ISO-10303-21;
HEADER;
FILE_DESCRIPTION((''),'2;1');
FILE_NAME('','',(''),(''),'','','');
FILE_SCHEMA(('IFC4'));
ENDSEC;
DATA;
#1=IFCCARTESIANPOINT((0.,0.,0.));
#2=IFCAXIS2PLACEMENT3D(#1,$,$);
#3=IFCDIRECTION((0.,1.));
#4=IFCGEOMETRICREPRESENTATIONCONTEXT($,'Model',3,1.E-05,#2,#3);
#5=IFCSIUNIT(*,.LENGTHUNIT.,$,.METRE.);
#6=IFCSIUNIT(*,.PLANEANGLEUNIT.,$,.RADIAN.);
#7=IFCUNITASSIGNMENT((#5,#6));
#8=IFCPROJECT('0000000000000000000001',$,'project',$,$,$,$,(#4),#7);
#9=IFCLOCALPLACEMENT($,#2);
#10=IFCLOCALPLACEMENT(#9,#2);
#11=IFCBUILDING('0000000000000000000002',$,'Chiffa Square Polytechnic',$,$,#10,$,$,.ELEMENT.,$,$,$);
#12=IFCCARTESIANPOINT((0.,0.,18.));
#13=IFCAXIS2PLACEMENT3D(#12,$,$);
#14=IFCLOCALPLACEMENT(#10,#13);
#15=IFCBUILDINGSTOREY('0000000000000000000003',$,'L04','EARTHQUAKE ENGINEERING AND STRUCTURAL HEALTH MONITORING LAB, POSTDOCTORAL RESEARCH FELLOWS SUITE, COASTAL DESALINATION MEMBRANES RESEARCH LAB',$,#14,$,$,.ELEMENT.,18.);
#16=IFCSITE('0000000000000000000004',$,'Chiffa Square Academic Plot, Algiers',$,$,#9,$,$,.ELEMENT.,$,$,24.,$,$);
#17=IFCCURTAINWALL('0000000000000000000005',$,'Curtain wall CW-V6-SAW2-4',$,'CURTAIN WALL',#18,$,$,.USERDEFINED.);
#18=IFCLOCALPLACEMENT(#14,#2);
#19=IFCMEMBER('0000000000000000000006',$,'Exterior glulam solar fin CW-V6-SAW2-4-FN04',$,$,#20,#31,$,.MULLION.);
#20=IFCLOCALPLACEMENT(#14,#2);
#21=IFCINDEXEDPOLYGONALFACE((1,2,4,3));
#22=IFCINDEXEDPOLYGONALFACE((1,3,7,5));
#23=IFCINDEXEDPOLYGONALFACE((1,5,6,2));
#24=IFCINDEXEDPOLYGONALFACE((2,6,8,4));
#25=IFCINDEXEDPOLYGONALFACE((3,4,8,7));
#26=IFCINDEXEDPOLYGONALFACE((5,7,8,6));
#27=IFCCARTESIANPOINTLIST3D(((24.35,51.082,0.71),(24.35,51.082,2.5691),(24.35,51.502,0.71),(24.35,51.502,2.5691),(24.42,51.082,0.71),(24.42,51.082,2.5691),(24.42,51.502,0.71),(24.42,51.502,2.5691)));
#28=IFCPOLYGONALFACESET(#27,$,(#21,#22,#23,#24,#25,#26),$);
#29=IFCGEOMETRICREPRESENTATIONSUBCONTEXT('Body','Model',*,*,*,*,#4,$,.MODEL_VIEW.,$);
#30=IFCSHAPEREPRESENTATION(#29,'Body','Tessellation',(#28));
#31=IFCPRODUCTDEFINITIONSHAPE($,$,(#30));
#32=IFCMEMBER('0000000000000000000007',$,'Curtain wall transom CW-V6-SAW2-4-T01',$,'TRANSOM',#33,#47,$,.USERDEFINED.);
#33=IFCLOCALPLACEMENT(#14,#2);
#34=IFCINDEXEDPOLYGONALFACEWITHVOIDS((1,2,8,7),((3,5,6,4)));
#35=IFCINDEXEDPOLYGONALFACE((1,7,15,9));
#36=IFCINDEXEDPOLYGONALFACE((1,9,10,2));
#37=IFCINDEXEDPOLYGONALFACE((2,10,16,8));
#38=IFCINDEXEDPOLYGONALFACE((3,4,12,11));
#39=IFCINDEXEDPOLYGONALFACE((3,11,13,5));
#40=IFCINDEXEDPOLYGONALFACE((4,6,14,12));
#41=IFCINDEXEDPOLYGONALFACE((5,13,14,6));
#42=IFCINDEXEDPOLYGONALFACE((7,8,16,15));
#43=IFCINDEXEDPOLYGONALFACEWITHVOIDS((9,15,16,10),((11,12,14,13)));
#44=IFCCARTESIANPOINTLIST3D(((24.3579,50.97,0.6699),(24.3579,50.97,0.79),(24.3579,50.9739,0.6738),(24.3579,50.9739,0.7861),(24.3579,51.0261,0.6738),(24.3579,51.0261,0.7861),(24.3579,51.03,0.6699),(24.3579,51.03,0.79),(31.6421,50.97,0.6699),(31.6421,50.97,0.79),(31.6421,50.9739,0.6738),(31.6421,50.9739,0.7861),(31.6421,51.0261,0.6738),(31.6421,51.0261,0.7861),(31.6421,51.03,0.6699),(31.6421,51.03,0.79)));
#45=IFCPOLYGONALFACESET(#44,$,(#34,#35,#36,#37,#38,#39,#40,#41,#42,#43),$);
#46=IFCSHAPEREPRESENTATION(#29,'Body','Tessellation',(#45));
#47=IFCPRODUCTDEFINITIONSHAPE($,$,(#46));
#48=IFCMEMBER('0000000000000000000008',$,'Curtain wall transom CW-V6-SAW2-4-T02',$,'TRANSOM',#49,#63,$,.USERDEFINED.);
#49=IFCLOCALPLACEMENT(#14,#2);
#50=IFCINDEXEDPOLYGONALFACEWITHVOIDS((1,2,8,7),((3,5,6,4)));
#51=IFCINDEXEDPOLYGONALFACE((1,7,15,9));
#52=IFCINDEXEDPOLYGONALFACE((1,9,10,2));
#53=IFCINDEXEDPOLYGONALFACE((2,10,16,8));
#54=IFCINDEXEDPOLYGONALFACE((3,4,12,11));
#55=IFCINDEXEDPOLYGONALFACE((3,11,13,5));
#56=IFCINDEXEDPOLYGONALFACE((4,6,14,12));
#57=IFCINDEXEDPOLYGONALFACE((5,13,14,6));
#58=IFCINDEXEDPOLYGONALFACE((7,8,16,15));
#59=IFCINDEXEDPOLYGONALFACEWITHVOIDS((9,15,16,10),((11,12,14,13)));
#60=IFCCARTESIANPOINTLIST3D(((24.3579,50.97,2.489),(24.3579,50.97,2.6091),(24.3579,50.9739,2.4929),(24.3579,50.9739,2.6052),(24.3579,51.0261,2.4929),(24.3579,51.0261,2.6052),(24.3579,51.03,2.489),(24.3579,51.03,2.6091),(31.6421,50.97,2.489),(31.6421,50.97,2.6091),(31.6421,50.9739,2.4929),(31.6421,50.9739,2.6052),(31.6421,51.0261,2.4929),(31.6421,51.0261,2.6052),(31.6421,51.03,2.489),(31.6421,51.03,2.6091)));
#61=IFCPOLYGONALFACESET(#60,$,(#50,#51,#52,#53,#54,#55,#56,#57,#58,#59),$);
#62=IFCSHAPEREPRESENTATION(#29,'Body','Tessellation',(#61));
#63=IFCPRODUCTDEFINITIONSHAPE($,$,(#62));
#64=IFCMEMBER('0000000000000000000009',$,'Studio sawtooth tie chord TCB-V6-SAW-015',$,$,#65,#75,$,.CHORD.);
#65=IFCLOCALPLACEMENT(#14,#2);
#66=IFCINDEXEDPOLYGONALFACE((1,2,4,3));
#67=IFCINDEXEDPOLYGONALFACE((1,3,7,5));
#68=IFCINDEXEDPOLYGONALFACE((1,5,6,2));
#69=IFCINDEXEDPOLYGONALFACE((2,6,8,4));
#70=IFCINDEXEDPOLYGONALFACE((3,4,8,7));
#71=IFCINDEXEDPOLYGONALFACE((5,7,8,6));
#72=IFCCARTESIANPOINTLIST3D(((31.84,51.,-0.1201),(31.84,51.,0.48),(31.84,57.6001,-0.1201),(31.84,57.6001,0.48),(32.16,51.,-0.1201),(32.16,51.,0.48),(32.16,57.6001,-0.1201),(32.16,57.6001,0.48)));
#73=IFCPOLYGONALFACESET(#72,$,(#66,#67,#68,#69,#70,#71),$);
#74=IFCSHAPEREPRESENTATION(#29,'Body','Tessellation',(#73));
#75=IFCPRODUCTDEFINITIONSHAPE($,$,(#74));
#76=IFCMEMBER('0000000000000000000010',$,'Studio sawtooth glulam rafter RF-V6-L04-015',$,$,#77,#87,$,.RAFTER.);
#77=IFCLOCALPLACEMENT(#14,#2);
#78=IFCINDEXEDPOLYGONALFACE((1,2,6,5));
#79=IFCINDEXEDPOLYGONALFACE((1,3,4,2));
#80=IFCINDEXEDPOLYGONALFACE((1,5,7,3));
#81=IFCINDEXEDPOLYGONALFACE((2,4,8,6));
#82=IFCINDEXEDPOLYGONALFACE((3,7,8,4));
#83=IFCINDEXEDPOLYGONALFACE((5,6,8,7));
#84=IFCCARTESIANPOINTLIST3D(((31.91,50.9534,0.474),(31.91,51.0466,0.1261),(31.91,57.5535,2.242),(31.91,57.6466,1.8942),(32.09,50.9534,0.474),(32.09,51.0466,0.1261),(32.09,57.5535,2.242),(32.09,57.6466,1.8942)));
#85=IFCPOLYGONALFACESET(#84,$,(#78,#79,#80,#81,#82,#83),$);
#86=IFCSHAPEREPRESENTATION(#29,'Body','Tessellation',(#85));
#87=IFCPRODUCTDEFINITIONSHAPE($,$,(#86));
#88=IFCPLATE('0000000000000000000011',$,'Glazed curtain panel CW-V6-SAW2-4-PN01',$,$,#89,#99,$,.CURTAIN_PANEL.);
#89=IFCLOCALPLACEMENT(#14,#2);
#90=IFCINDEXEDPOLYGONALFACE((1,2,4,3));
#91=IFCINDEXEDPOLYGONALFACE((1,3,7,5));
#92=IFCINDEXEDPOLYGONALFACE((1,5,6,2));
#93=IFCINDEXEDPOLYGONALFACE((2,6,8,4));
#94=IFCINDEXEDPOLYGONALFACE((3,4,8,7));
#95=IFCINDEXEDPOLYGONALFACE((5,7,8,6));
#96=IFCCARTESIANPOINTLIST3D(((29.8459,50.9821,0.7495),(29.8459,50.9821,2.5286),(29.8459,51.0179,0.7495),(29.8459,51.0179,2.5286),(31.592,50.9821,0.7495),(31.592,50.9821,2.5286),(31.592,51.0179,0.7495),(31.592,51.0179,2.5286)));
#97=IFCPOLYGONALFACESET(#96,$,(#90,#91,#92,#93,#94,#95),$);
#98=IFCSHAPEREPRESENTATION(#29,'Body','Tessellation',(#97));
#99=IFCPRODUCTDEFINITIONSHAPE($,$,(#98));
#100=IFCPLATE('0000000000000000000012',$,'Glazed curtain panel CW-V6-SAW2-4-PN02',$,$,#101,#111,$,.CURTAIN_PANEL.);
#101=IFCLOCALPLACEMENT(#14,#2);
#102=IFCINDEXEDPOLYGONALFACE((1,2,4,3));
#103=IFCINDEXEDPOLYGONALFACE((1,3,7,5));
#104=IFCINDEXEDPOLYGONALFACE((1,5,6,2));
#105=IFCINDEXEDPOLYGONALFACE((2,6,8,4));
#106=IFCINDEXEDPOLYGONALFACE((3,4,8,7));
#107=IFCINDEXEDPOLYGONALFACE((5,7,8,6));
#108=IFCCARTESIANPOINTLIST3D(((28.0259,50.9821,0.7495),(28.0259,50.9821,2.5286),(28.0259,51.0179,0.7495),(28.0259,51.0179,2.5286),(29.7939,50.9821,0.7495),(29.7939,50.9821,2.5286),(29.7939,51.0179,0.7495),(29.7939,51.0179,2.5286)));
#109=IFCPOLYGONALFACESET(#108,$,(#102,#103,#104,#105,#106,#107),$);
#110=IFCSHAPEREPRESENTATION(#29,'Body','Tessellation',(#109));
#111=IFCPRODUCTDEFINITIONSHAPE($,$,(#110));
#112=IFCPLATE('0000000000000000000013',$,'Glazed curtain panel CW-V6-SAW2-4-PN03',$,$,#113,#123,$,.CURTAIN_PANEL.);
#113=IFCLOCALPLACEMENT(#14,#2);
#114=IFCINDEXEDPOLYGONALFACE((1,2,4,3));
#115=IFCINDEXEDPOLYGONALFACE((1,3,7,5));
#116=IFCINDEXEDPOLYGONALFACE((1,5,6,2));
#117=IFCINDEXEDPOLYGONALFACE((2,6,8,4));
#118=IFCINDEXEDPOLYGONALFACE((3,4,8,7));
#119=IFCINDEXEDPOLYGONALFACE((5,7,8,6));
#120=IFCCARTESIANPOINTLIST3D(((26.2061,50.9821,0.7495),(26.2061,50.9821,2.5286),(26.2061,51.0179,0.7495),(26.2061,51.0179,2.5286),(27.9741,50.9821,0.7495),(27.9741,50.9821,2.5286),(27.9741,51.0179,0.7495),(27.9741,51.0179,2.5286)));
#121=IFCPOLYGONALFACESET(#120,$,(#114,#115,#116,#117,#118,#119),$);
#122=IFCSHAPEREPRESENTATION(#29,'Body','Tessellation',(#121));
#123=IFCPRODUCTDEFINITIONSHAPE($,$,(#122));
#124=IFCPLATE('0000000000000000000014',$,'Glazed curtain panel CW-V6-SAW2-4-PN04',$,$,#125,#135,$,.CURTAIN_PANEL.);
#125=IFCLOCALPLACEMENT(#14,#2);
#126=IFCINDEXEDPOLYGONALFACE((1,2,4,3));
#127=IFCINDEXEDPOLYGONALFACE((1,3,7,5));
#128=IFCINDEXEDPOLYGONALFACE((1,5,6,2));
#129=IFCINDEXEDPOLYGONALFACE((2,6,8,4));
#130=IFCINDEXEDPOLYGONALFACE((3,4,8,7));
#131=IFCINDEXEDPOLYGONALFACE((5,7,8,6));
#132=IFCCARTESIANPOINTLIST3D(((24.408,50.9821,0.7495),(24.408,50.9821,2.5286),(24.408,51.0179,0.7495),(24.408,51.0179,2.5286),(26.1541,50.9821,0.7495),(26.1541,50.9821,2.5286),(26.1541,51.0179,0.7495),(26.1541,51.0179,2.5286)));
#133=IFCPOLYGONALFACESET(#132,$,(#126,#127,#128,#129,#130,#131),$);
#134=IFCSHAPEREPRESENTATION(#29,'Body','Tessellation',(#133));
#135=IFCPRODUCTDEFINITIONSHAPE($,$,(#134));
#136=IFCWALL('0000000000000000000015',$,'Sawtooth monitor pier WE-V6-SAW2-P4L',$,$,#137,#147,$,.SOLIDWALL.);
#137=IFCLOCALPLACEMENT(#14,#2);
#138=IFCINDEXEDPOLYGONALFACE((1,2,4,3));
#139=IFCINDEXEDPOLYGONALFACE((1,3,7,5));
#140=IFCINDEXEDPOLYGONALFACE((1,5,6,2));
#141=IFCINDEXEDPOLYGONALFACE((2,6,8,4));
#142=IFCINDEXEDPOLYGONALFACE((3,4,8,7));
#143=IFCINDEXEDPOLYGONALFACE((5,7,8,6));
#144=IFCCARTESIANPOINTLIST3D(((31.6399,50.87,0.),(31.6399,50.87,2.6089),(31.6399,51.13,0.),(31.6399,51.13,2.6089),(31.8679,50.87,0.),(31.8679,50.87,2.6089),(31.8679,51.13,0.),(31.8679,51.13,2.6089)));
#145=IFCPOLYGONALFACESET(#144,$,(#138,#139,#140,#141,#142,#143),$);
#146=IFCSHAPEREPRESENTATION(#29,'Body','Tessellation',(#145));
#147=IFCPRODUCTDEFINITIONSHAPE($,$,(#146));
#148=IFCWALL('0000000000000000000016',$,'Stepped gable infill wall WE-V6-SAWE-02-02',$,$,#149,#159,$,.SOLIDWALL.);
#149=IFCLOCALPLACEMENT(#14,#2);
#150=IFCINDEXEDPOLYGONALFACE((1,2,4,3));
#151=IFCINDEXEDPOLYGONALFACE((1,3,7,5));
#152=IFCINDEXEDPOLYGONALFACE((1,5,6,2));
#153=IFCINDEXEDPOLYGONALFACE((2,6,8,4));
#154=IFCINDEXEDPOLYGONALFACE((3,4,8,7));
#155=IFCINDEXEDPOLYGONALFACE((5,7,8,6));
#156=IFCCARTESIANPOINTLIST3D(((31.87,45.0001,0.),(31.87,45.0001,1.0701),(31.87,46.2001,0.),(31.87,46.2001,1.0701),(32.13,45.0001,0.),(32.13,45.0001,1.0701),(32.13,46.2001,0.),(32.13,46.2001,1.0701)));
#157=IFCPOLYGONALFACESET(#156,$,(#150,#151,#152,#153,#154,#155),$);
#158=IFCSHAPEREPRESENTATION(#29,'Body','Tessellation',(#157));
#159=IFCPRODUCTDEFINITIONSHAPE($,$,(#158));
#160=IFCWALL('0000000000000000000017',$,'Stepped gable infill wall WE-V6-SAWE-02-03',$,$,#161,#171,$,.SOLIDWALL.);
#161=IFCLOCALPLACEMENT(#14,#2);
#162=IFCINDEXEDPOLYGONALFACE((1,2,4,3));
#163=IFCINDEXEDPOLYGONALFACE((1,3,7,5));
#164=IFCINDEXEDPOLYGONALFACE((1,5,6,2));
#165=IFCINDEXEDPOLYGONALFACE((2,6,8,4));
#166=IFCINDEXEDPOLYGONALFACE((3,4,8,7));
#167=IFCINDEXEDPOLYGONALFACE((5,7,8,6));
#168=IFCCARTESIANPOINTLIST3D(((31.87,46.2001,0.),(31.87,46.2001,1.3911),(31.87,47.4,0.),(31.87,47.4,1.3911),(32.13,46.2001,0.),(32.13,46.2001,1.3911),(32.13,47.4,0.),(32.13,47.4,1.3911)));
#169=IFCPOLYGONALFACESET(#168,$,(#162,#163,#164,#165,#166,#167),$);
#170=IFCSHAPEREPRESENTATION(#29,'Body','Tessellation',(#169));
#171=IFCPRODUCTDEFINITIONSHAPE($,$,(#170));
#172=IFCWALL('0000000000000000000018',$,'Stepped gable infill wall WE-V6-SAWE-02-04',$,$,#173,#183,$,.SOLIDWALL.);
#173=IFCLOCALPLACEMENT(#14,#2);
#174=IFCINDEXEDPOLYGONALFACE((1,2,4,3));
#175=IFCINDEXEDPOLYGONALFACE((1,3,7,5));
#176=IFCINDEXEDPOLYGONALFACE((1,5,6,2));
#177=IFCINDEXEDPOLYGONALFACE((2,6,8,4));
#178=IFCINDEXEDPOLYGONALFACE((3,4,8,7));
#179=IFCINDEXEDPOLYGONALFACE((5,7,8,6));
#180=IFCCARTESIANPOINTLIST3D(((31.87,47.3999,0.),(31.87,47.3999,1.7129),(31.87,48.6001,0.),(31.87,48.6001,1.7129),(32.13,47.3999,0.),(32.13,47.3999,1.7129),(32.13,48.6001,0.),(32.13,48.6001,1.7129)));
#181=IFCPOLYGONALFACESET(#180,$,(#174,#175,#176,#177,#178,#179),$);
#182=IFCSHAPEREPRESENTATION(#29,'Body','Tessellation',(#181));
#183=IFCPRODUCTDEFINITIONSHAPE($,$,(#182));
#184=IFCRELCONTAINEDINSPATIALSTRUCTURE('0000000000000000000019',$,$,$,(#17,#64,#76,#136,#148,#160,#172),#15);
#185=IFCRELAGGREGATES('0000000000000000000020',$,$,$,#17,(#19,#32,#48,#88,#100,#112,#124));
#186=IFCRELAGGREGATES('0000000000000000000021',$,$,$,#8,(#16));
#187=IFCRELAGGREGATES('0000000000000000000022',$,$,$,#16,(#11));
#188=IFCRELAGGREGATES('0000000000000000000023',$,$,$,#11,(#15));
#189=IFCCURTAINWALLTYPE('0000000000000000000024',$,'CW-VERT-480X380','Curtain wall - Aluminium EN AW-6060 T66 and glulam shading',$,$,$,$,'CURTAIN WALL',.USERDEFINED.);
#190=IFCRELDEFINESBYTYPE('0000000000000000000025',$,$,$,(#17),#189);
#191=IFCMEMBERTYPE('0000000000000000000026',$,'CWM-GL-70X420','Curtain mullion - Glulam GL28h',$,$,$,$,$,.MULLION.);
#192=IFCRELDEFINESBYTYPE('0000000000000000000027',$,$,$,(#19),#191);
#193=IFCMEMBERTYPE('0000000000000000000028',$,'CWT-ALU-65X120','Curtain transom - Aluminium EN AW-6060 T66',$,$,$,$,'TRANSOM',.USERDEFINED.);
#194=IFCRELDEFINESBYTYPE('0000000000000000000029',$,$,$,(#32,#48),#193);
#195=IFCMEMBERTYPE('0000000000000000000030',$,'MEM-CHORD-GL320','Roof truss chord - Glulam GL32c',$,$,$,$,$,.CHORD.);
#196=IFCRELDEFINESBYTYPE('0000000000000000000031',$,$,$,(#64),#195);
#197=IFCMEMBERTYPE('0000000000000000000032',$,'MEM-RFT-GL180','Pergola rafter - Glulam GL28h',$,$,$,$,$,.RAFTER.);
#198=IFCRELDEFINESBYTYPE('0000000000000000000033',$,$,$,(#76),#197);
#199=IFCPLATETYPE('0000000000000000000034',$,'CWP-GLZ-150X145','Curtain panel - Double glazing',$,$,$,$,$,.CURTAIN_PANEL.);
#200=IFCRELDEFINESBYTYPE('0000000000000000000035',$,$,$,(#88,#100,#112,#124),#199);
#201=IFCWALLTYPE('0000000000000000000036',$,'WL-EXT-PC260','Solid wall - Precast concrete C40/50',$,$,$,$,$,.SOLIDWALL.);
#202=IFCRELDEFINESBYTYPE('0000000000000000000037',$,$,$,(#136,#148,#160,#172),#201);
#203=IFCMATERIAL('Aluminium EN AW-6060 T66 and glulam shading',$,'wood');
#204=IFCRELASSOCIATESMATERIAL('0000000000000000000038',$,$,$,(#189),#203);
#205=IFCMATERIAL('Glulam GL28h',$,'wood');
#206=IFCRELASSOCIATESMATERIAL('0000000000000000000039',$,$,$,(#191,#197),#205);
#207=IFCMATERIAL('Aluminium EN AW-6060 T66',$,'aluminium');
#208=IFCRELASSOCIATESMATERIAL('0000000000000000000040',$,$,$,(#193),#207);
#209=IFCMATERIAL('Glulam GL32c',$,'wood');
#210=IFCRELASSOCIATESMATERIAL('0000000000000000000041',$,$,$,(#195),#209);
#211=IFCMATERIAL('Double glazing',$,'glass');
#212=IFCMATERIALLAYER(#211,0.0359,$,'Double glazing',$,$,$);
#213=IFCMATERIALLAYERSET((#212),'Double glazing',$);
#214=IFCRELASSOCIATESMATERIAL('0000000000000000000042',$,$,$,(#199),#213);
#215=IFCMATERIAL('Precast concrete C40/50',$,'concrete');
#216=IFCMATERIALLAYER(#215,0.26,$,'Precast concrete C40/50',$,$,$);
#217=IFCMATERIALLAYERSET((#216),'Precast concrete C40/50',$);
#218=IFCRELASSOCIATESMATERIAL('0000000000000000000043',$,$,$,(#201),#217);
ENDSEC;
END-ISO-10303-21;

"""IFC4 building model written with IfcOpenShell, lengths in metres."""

from ifc_helpers import new_model, si_unit, direction, frame, frame_2d, origin, origin_2d, place, context, subcontext, project, spatial, rectangle, hollow_rectangle, extrude, material, layer, layer_set, material_profile, profile_set, type_object, element, aggregate, save


model = new_model("IFC4")

# Units and contexts
model_context = context("Model", 3, precision=1e-05, world=origin(), true_north=direction((0.0, 1.0)))
body_context = subcontext(model_context, "Body", "Model", "MODEL_VIEW")
ifc_project = project(units=[si_unit("LENGTHUNIT", "METRE"), si_unit("PLANEANGLEUNIT", "RADIAN")], contexts=[model_context])

# Site, building, storey
site_placement = place(None, origin())
site = spatial("IfcSite", under=ifc_project, at=site_placement, Name="Chiffa Square Academic Plot, Algiers", CompositionType="ELEMENT", RefElevation=24.0)
building_placement = place(site_placement, origin())
building = spatial("IfcBuilding", under=site, at=building_placement, Name="Chiffa Square Polytechnic", CompositionType="ELEMENT")
storey_placement = place(building_placement, frame((0.0, 0.0, 18.0)))
storey = spatial("IfcBuildingStorey", under=building, at=storey_placement, Name="L04", Description="EARTHQUAKE ENGINEERING AND STRUCTURAL HEALTH MONITORING LAB, POSTDOCTORAL RESEARCH FELLOWS SUITE, COASTAL DESALINATION MEMBRANES RESEARCH LAB", CompositionType="ELEMENT", Elevation=18.0)

# Shared definitions
ifc_material_1 = material(Name="Glulam GL32c", Category="wood")

# Curtain wall
ifc_material_2 = material(Name="Aluminium EN AW-6060 T66 and glulam shading", Category="wood")
curtain_wall_type_1 = type_object("IfcCurtainWallType", Name="CW-VERT-480X380", Description="Curtain wall - Aluminium EN AW-6060 T66 and glulam shading", ElementType="CURTAIN WALL", PredefinedType="USERDEFINED", material=ifc_material_2)
curtain_wall_1_placement = place(storey_placement, origin())
curtain_wall_1 = element("IfcCurtainWall", 1, at=curtain_wall_1_placement, inside=storey, type_object=curtain_wall_type_1, Name="Curtain wall CW-V6-SAW2-4", ObjectType="CURTAIN WALL", PredefinedType="USERDEFINED")
ifc_material_3 = material(Name="Aluminium EN AW-6060 T66", Category="aluminium")
ifc_material_4 = material(Name="Glulam GL28h", Category="wood")
ifc_material_profile_1 = material_profile(ifc_material_4, rectangle(XDim=0.0701, YDim=0.4199, at=origin_2d()), Name="GL28h 70x420")
ifc_profile_set_1 = profile_set([ifc_material_profile_1], Name="Glulam GL28h")
member_type_1 = type_object("IfcMemberType", Name="CWM-GL-70X420", Description="Curtain mullion - Glulam GL28h", PredefinedType="MULLION", material=ifc_profile_set_1)

# Members
member_1_placement = place(storey_placement, frame((24.385, 51.292, 0.71), z_axis=(0.0, 0.0, 1.0), x_axis=(-1.0, 0.0, 0.0)))
member_1 = element("IfcMember", 2, at=member_1_placement, type_object=member_type_1, Name="Exterior glulam solar fin CW-V6-SAW2-4-FN04", PredefinedType="MULLION", context=body_context, shape_type="SweptSolid", body=[
    extrude(rectangle(XDim=0.0701, YDim=0.4199, at=origin_2d()), origin(), (0.0, 0.0, 1.0), 1.8591),
])
ifc_material_profile_2 = material_profile(ifc_material_3, hollow_rectangle(XDim=0.0601, YDim=0.1201, WallThickness=0.0039, at=origin_2d()), Name="ALU 60x120x4")
ifc_profile_set_2 = profile_set([ifc_material_profile_2], Name="Aluminium EN AW-6060 T66")
member_type_2 = type_object("IfcMemberType", Name="CWT-ALU-65X120", Description="Curtain transom - Aluminium EN AW-6060 T66", ElementType="TRANSOM", PredefinedType="USERDEFINED", material=ifc_profile_set_2)
member_2_placement = place(storey_placement, frame((31.6421, 51.0, 0.73), z_axis=(-1.0, 0.0, 0.0), x_axis=(0.0, -1.0, 0.0)))
member_2 = element("IfcMember", 3, at=member_2_placement, type_object=member_type_2, Name="Curtain wall transom CW-V6-SAW2-4-T01", ObjectType="TRANSOM", PredefinedType="USERDEFINED", context=body_context, shape_type="SweptSolid", body=[
    extrude(hollow_rectangle(XDim=0.0601, YDim=0.1201, WallThickness=0.0039, at=origin_2d()), origin(), (0.0, 0.0, 1.0), 7.2842),
])
member_3_placement = place(storey_placement, frame((31.6421, 51.0, 2.5491), z_axis=(-1.0, 0.0, 0.0), x_axis=(0.0, -1.0, 0.0)))
member_3 = element("IfcMember", 4, at=member_3_placement, type_object=member_type_2, Name="Curtain wall transom CW-V6-SAW2-4-T02", ObjectType="TRANSOM", PredefinedType="USERDEFINED", context=body_context, shape_type="SweptSolid", body=[
    extrude(hollow_rectangle(XDim=0.0601, YDim=0.1201, WallThickness=0.0039, at=origin_2d()), origin(), (0.0, 0.0, 1.0), 7.2842),
])

# Members
ifc_material_profile_3 = material_profile(ifc_material_1, rectangle(XDim=0.3201, YDim=0.6001, at=origin_2d()), Name="GL32c 320x600")
ifc_profile_set_3 = profile_set([ifc_material_profile_3], Name="Glulam GL32c")
member_type_3 = type_object("IfcMemberType", Name="MEM-CHORD-GL320", Description="Roof truss chord - Glulam GL32c", PredefinedType="CHORD", material=ifc_profile_set_3)
member_4_placement = place(storey_placement, frame((32.0, 51.0, 0.1799), z_axis=(0.0, 1.0, 0.0), x_axis=(-1.0, 0.0, 0.0)))
element("IfcMember", 5, at=member_4_placement, inside=storey, type_object=member_type_3, Name="Studio sawtooth tie chord TCB-V6-SAW-015", PredefinedType="CHORD", context=body_context, shape_type="SweptSolid", body=[
    extrude(rectangle(XDim=0.3201, YDim=0.6001, at=origin_2d()), origin(), (0.0, 0.0, 1.0), 6.6001),
])
ifc_material_profile_4 = material_profile(ifc_material_4, rectangle(XDim=0.1799, YDim=0.3601, at=origin_2d()), Name="GL28h 180x360")
ifc_profile_set_4 = profile_set([ifc_material_profile_4], Name="Glulam GL28h")
member_type_4 = type_object("IfcMemberType", Name="MEM-RFT-GL180", Description="Pergola rafter - Glulam GL28h", PredefinedType="RAFTER", material=ifc_profile_set_4)
member_5_placement = place(storey_placement, frame((32.0, 51.0, 0.3), z_axis=(0.0, 0.965941, 0.258761), x_axis=(-1.0, 0.0, 0.0)))
element("IfcMember", 6, at=member_5_placement, inside=storey, type_object=member_type_4, Name="Studio sawtooth glulam rafter RF-V6-L04-015", PredefinedType="RAFTER", context=body_context, shape_type="SweptSolid", body=[
    extrude(rectangle(XDim=0.1799, YDim=0.3601, at=origin_2d()), origin(), (0.0, 0.0, 1.0), 6.8328),
])

# Plates
ifc_material_5 = material(Name="Double glazing", Category="glass")
ifc_layer_1 = layer(ifc_material_5, 0.0359, Name="Double glazing")
ifc_layer_set_1 = layer_set([ifc_layer_1], Name="Double glazing")
plate_type = type_object("IfcPlateType", Name="CWP-GLZ-150X145", Description="Curtain panel - Double glazing", PredefinedType="CURTAIN_PANEL", material=ifc_layer_set_1)
plate_1_placement = place(storey_placement, frame((30.719, 51.0, 0.7495), z_axis=(0.0, 0.0, 1.0), x_axis=(-1.0, 0.0, 0.0)))
plate_1 = element("IfcPlate", 7, at=plate_1_placement, type_object=plate_type, Name="Glazed curtain panel CW-V6-SAW2-4-PN01", PredefinedType="CURTAIN_PANEL", context=body_context, shape_type="SweptSolid", body=[
    extrude(rectangle(XDim=1.7461, YDim=0.0359, at=origin_2d()), origin(), (0.0, 0.0, 1.0), 1.7791),
])
plate_2_placement = place(storey_placement, frame((28.9099, 51.0, 0.7495), z_axis=(0.0, 0.0, 1.0), x_axis=(-1.0, 0.0, 0.0)))
plate_2 = element("IfcPlate", 8, at=plate_2_placement, type_object=plate_type, Name="Glazed curtain panel CW-V6-SAW2-4-PN02", PredefinedType="CURTAIN_PANEL", context=body_context, shape_type="SweptSolid", body=[
    extrude(rectangle(XDim=1.7681, YDim=0.0359, at=origin_2d()), origin(), (0.0, 0.0, 1.0), 1.7791),
])
plate_3_placement = place(storey_placement, frame((27.0901, 51.0, 0.7495), z_axis=(0.0, 0.0, 1.0), x_axis=(-1.0, 0.0, 0.0)))
plate_3 = element("IfcPlate", 9, at=plate_3_placement, type_object=plate_type, Name="Glazed curtain panel CW-V6-SAW2-4-PN03", PredefinedType="CURTAIN_PANEL", context=body_context, shape_type="SweptSolid", body=[
    extrude(rectangle(XDim=1.7681, YDim=0.0359, at=origin_2d()), origin(), (0.0, 0.0, 1.0), 1.7791),
])
plate_4_placement = place(storey_placement, frame((25.281, 51.0, 0.7495), z_axis=(0.0, 0.0, 1.0), x_axis=(-1.0, 0.0, 0.0)))
plate_4 = element("IfcPlate", 10, at=plate_4_placement, type_object=plate_type, Name="Glazed curtain panel CW-V6-SAW2-4-PN04", PredefinedType="CURTAIN_PANEL", context=body_context, shape_type="SweptSolid", body=[
    extrude(rectangle(XDim=1.7461, YDim=0.0359, at=origin_2d()), origin(), (0.0, 0.0, 1.0), 1.7791),
])
aggregate(curtain_wall_1, [member_1, member_2, member_3, plate_1, plate_2, plate_3, plate_4])

# Walls
ifc_material_6 = material(Name="Precast concrete C40/50", Category="concrete")
ifc_layer_2 = layer(ifc_material_6, 0.26, Name="Precast concrete C40/50")
ifc_layer_set_2 = layer_set([ifc_layer_2], Name="Precast concrete C40/50")
wall_type = type_object("IfcWallType", Name="WL-EXT-PC260", Description="Solid wall - Precast concrete C40/50", PredefinedType="SOLIDWALL", material=ifc_layer_set_2)
wall_1_placement = place(storey_placement, frame((31.8679, 51.0, 0.0), z_axis=(0.0, 0.0, 1.0), x_axis=(-1.0, 0.0, 0.0)))
element("IfcWall", 11, at=wall_1_placement, inside=storey, type_object=wall_type, Name="Sawtooth monitor pier WE-V6-SAW2-P4L", PredefinedType="SOLIDWALL", context=body_context, shape_type="SweptSolid", body=[
    extrude(rectangle(XDim=0.228, YDim=0.26, at=frame_2d((0.114, 0.0))), origin(), (0.0, 0.0, 1.0), 2.6089),
])
wall_2_placement = place(storey_placement, frame((32.0, 45.0, 0.0), z_axis=(0.0, 0.0, 1.0), x_axis=(0.0, 1.0, 0.0)))
element("IfcWall", 12, at=wall_2_placement, inside=storey, type_object=wall_type, Name="Stepped gable infill wall WE-V6-SAWE-02-02", PredefinedType="SOLIDWALL", context=body_context, shape_type="SweptSolid", body=[
    extrude(rectangle(XDim=1.2, YDim=0.26, at=frame_2d((0.6001, 0.0))), origin(), (0.0, 0.0, 1.0), 1.0701),
])
wall_3_placement = place(storey_placement, frame((32.0, 46.2, 0.0), z_axis=(0.0, 0.0, 1.0), x_axis=(0.0, 1.0, 0.0)))
element("IfcWall", 13, at=wall_3_placement, inside=storey, type_object=wall_type, Name="Stepped gable infill wall WE-V6-SAWE-02-03", PredefinedType="SOLIDWALL", context=body_context, shape_type="SweptSolid", body=[
    extrude(rectangle(XDim=1.2, YDim=0.26, at=frame_2d((0.6001, 0.0))), origin(), (0.0, 0.0, 1.0), 1.3911),
])
wall_4_placement = place(storey_placement, frame((32.0, 47.3999, 0.0), z_axis=(0.0, 0.0, 1.0), x_axis=(0.0, 1.0, 0.0)))
element("IfcWall", 14, at=wall_4_placement, inside=storey, type_object=wall_type, Name="Stepped gable infill wall WE-V6-SAWE-02-04", PredefinedType="SOLIDWALL", context=body_context, shape_type="SweptSolid", body=[
    extrude(rectangle(XDim=1.2002, YDim=0.26, at=frame_2d((0.6001, 0.0))), origin(), (0.0, 0.0, 1.0), 1.7129),
])

save(model, "model.ifc")
